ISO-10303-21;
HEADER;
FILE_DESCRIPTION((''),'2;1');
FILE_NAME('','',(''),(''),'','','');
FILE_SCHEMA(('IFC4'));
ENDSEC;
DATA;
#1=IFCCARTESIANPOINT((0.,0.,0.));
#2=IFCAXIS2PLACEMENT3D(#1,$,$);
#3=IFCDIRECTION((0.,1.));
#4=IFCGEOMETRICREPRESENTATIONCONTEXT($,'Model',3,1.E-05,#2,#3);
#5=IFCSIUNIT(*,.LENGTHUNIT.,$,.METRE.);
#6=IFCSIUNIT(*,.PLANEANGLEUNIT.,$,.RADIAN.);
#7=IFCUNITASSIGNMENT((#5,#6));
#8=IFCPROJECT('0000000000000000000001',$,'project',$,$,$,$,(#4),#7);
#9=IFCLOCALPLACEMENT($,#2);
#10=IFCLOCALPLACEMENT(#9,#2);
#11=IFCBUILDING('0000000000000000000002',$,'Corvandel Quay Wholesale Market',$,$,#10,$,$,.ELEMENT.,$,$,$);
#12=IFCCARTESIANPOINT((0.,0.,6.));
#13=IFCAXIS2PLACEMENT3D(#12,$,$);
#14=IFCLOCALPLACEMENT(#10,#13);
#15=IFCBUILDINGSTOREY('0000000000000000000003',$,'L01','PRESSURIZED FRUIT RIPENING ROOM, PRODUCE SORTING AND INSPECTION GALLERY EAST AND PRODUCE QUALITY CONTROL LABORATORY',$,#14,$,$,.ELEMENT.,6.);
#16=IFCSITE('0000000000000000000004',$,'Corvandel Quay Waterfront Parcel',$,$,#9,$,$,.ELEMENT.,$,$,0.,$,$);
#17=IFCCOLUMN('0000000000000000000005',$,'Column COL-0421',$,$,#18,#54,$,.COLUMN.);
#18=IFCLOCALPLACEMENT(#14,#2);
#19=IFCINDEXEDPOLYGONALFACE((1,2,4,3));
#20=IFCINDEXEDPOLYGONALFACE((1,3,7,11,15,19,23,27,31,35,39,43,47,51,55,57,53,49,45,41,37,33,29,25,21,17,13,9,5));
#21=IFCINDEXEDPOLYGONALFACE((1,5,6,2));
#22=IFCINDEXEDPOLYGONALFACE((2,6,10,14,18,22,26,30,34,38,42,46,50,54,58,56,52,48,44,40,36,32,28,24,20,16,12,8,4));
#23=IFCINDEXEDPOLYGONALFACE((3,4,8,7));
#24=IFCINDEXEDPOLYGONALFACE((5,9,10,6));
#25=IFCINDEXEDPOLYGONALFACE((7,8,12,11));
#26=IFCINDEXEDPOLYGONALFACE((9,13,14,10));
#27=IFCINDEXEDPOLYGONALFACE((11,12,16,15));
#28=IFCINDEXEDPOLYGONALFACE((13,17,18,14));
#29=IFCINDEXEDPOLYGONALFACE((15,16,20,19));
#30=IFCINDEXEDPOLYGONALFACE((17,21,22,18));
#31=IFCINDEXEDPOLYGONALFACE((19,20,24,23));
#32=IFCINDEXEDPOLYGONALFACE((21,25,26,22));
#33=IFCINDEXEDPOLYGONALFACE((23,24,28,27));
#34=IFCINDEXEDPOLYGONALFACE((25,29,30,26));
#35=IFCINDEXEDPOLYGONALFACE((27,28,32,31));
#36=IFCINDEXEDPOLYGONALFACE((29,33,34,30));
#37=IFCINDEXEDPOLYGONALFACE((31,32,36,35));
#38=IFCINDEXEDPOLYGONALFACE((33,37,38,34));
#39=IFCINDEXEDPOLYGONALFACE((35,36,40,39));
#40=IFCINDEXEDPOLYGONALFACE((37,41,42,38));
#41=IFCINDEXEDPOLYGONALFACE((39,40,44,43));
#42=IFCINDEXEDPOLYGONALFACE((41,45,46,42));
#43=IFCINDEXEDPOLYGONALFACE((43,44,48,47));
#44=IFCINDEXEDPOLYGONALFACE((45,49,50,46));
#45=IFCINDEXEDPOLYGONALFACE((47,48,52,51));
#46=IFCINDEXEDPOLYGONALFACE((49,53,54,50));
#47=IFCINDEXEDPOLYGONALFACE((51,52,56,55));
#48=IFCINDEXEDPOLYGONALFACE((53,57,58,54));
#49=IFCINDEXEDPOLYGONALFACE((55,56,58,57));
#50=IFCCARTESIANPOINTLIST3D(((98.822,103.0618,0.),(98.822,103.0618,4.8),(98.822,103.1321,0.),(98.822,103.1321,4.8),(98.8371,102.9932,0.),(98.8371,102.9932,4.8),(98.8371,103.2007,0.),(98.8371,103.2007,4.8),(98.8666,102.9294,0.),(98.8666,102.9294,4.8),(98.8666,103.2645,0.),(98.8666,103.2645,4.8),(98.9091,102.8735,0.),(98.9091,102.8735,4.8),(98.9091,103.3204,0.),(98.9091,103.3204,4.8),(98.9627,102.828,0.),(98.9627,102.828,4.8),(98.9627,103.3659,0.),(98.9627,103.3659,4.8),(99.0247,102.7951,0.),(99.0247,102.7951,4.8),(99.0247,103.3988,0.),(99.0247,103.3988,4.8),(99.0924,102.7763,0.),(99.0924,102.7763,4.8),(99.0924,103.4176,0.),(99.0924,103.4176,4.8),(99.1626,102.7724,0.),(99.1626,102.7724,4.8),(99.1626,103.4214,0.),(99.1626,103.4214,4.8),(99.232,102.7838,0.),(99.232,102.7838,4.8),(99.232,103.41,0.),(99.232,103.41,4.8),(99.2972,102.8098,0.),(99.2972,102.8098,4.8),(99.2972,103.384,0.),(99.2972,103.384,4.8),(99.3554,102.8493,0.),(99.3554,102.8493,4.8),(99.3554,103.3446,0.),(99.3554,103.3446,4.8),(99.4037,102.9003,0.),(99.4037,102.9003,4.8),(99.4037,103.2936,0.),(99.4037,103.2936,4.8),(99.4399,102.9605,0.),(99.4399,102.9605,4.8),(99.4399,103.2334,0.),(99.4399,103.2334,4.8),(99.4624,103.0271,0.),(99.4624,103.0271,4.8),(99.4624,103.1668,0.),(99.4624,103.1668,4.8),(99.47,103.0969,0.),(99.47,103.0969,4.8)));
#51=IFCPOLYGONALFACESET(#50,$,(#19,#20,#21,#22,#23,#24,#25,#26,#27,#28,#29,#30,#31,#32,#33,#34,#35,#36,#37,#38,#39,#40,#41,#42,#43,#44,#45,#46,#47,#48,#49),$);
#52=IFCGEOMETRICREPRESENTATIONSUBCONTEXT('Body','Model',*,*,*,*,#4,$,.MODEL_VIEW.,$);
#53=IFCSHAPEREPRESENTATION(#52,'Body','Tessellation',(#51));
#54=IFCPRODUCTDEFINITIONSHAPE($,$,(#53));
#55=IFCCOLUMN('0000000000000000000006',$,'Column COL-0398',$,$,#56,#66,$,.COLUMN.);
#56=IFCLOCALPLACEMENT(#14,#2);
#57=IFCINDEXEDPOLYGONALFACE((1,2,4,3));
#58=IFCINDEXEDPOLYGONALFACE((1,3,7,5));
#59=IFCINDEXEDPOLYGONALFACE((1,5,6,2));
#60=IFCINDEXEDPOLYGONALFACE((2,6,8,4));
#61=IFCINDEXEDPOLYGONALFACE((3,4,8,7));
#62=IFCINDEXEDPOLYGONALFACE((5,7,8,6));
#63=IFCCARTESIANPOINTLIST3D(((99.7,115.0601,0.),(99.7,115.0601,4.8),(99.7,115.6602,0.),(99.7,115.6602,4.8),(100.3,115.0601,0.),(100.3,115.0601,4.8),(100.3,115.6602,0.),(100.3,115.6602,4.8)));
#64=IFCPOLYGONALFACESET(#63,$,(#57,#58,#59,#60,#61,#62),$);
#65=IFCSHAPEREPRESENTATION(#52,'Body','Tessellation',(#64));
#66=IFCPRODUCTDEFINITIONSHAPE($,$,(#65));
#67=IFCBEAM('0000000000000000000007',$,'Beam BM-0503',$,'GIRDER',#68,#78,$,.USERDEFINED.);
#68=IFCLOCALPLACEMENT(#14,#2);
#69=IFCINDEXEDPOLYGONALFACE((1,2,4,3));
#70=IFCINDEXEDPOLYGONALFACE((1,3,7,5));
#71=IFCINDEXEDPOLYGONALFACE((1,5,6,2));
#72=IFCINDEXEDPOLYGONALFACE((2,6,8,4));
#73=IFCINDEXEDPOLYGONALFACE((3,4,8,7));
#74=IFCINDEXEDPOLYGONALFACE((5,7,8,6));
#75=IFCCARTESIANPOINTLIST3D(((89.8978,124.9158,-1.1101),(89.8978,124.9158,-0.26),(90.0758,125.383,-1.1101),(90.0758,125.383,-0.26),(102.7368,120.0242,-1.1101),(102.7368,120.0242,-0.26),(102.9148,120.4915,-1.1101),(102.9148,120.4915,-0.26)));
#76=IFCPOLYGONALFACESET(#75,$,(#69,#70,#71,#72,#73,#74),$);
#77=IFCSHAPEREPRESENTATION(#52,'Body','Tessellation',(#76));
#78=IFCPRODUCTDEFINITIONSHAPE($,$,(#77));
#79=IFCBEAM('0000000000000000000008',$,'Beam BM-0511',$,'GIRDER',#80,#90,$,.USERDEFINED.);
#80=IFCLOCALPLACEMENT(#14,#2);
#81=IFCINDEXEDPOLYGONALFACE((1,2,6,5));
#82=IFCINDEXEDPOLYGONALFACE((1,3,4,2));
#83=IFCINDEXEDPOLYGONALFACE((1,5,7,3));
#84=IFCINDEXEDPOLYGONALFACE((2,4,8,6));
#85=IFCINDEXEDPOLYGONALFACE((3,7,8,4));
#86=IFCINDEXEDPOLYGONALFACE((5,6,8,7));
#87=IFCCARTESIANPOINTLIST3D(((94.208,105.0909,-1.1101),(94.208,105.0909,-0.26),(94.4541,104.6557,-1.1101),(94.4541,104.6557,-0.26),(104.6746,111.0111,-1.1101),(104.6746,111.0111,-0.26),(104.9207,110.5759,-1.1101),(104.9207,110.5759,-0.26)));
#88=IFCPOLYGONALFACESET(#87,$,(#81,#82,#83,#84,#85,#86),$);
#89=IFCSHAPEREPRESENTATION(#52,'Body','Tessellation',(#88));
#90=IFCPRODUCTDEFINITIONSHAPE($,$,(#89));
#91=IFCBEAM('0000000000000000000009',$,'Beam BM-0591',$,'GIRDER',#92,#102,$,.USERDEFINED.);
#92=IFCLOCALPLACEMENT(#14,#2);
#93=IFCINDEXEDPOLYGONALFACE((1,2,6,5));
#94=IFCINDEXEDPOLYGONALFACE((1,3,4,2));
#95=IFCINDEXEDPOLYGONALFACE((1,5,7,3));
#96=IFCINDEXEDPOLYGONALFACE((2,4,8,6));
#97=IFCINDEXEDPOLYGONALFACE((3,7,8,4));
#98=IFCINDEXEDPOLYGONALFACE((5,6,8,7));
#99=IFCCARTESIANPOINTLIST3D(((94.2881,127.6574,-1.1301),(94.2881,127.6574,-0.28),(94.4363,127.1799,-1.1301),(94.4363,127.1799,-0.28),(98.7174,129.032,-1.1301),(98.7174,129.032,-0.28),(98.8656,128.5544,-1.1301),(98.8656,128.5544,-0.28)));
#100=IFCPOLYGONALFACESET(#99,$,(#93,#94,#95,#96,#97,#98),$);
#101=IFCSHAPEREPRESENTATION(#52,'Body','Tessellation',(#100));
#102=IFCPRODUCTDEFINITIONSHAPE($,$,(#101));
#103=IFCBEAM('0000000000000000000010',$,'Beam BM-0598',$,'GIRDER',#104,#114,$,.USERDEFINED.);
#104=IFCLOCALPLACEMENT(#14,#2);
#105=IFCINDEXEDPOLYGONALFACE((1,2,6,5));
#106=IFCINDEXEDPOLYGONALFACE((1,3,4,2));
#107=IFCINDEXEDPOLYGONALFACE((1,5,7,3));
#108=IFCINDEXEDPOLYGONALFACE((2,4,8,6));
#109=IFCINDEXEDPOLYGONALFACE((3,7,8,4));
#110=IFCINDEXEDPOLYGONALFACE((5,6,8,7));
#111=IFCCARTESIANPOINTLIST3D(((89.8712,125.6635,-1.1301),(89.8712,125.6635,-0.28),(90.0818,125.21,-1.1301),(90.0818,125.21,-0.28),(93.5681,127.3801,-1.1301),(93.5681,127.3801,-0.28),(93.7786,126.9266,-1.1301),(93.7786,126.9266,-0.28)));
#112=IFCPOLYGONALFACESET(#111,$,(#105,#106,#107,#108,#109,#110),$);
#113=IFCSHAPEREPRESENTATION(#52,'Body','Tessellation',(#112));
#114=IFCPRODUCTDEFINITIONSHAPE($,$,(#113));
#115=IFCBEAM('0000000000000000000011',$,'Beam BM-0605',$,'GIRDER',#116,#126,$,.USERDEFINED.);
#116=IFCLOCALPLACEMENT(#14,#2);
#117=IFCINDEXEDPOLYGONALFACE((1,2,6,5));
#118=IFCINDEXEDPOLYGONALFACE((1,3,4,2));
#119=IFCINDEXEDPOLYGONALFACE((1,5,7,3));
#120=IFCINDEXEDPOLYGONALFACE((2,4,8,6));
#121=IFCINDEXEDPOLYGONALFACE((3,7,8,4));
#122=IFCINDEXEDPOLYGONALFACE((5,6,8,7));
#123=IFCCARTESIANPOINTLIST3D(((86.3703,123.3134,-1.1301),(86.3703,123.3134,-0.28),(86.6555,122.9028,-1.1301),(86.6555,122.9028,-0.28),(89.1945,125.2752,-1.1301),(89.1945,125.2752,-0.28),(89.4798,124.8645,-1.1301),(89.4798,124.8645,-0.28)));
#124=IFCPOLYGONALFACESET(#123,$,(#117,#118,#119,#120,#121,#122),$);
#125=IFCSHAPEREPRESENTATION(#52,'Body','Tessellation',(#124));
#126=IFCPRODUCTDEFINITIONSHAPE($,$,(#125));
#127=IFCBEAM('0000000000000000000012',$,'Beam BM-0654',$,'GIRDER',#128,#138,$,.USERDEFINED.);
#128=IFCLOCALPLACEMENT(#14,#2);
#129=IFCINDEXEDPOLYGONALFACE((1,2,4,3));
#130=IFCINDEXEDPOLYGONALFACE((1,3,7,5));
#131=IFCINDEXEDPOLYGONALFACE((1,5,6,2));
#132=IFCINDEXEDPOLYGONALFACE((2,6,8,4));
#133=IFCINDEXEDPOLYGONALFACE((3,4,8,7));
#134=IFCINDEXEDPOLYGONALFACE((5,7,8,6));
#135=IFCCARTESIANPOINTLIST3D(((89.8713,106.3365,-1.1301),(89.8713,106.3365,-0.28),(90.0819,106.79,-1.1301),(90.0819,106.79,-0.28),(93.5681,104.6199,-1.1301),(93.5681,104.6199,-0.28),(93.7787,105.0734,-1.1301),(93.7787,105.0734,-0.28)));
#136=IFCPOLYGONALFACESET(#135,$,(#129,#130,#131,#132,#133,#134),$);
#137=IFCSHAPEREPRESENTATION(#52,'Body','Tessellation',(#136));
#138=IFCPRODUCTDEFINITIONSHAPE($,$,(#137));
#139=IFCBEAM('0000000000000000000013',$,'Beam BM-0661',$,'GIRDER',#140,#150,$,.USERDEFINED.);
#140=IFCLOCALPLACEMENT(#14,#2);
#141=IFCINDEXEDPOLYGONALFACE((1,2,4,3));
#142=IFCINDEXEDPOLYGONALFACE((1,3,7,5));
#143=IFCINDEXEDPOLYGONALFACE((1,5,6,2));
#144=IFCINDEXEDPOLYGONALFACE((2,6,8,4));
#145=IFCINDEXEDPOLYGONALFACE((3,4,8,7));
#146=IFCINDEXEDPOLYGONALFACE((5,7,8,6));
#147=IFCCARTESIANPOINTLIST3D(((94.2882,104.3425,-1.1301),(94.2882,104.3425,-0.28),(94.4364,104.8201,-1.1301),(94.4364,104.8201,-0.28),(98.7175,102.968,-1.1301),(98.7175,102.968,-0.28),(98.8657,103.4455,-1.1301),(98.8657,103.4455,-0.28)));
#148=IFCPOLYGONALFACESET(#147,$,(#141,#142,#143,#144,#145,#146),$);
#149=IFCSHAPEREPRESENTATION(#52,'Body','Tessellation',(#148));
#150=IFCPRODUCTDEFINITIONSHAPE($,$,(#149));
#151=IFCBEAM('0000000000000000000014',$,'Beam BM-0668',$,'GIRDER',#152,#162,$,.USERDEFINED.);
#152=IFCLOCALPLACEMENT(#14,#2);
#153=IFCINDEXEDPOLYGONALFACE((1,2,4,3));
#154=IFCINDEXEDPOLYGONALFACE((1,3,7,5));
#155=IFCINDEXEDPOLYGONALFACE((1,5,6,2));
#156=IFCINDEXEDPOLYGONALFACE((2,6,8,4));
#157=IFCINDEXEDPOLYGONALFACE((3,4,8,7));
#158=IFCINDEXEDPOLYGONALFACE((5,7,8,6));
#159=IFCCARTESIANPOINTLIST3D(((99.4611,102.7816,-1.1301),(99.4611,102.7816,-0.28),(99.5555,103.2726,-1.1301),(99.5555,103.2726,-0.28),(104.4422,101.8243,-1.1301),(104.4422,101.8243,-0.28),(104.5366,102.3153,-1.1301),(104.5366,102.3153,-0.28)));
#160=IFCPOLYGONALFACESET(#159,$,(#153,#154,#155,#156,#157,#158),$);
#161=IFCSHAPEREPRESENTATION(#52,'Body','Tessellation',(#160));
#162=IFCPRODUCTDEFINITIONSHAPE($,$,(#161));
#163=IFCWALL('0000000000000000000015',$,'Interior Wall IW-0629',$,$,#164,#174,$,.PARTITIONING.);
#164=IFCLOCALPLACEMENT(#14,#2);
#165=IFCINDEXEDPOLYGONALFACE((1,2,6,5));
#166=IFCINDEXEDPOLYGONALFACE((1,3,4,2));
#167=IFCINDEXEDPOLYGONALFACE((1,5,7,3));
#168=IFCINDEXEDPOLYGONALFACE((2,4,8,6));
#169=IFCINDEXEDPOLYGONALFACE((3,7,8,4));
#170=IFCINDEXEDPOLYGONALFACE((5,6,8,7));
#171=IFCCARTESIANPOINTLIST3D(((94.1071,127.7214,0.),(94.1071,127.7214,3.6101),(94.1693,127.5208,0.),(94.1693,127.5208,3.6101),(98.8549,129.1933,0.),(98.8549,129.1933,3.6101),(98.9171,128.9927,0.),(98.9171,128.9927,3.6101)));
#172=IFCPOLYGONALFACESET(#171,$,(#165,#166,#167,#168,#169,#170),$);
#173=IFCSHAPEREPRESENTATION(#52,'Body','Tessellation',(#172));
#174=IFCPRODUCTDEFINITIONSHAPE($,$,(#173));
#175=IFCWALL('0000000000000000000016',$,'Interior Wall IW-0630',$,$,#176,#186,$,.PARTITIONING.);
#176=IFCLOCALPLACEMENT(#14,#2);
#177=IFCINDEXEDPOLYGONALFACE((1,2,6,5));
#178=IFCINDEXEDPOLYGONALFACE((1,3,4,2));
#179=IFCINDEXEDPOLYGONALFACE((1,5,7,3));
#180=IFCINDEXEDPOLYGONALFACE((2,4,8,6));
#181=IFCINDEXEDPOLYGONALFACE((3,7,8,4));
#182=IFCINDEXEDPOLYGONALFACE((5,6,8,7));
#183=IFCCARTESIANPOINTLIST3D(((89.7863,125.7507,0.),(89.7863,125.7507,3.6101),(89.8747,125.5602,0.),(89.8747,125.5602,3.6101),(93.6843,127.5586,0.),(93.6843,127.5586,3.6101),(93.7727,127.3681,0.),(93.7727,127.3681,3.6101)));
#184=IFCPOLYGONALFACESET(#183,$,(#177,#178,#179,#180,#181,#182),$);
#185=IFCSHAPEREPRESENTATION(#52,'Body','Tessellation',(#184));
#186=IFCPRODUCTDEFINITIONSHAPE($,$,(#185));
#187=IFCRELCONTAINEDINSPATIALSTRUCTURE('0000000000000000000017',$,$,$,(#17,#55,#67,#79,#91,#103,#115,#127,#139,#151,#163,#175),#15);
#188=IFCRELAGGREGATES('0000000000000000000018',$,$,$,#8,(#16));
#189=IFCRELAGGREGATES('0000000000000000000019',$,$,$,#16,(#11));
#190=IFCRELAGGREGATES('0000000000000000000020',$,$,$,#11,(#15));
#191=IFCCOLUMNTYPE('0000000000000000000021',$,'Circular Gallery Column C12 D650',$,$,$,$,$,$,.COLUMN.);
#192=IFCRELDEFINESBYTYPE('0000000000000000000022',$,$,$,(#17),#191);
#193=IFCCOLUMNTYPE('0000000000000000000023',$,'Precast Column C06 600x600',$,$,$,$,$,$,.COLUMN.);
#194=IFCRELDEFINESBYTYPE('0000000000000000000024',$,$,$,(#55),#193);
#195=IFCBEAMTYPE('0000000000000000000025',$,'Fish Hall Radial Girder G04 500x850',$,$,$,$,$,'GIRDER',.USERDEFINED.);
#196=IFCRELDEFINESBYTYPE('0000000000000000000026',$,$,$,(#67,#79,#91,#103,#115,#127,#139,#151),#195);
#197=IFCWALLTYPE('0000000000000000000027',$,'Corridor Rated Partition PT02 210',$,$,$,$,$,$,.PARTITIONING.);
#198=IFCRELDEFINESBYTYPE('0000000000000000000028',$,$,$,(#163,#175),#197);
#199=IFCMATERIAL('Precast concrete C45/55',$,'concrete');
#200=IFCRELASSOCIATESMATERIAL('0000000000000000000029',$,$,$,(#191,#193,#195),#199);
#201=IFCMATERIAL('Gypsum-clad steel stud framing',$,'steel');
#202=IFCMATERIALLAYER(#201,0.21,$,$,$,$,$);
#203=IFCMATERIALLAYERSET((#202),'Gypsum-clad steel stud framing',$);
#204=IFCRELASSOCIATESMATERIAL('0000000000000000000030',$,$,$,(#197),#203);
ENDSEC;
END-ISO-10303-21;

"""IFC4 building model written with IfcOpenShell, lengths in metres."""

from ifc_helpers import new_model, si_unit, direction, frame, frame_2d, origin, origin_2d, place, context, subcontext, project, spatial, rectangle, circle, extrude, material, layer, layer_set, material_profile, profile_set, type_object, element, save


model = new_model("IFC4")

# Units and contexts
model_context = context("Model", 3, precision=1e-05, world=origin(), true_north=direction((0.0, 1.0)))
body_context = subcontext(model_context, "Body", "Model", "MODEL_VIEW")
ifc_project = project(units=[si_unit("LENGTHUNIT", "METRE"), si_unit("PLANEANGLEUNIT", "RADIAN")], contexts=[model_context])

# Site, building, storey
site_placement = place(None, origin())
site = spatial("IfcSite", under=ifc_project, at=site_placement, Name="Corvandel Quay Waterfront Parcel", CompositionType="ELEMENT", RefElevation=0.0)
building_placement = place(site_placement, origin())
building = spatial("IfcBuilding", under=site, at=building_placement, Name="Corvandel Quay Wholesale Market", CompositionType="ELEMENT")
storey_placement = place(building_placement, frame((0.0, 0.0, 6.0)))
storey = spatial("IfcBuildingStorey", under=building, at=storey_placement, Name="L01", Description="PRESSURIZED FRUIT RIPENING ROOM, PRODUCE SORTING AND INSPECTION GALLERY EAST AND PRODUCE QUALITY CONTROL LABORATORY", CompositionType="ELEMENT", Elevation=6.0)

# Columns
ifc_material_1 = material(Name="Precast concrete C45/55", Category="concrete")
ifc_material_profile_1 = material_profile(ifc_material_1, circle(Radius=0.325, at=origin_2d()), Name="PC-COL-D650")
ifc_profile_set_1 = profile_set([ifc_material_profile_1], Name="Precast concrete C45/55")
column_type_1 = type_object("IfcColumnType", Name="Circular Gallery Column C12 D650", PredefinedType="COLUMN", material=ifc_profile_set_1)
for number, where, z_axis, x_axis, name in (
    (1, (99.145, 103.0969, 0.0), (0.0, 0.0, 1.0), (1.0, 0.0, 0.0), "Column COL-0421"),
):
    element("IfcColumn", number, at=place(storey_placement, frame(where, z_axis=z_axis, x_axis=x_axis)), inside=storey, type_object=column_type_1, Name=name, PredefinedType="COLUMN", context=body_context, shape_type="SweptSolid", body=[
        extrude(circle(Radius=0.325, at=origin_2d()), origin(), (0.0, 0.0, 1.0), 4.8),
    ])
ifc_material_profile_2 = material_profile(ifc_material_1, rectangle(XDim=0.6001, YDim=0.6001, at=origin_2d()), Name="PC-COL-600x600")
ifc_profile_set_2 = profile_set([ifc_material_profile_2], Name="Precast concrete C45/55")
column_type_2 = type_object("IfcColumnType", Name="Precast Column C06 600x600", PredefinedType="COLUMN", material=ifc_profile_set_2)
column_placement = place(storey_placement, frame((100.0, 115.3601, 0.0), z_axis=(0.0, 0.0, 1.0), x_axis=(1.0, 0.0, 0.0)))
element("IfcColumn", 2, at=column_placement, inside=storey, type_object=column_type_2, Name="Column COL-0398", PredefinedType="COLUMN", context=body_context, shape_type="SweptSolid", body=[
    extrude(rectangle(XDim=0.6001, YDim=0.6001, at=origin_2d()), origin(), (0.0, 0.0, 1.0), 4.8),
])

# Beams
ifc_material_profile_3 = material_profile(ifc_material_1, rectangle(XDim=0.5, YDim=0.8501, at=origin_2d()), Name="PC-GIR-500x850")
ifc_profile_set_3 = profile_set([ifc_material_profile_3], Name="Precast concrete C45/55")
beam_type = type_object("IfcBeamType", Name="Fish Hall Radial Girder G04 500x850", ElementType="GIRDER", PredefinedType="USERDEFINED", material=ifc_profile_set_3)
beam_1_placement = place(storey_placement, frame((89.9868, 125.1494, -0.6851), z_axis=(0.934475, -0.356028, 0.0), x_axis=(0.356028, 0.934475, 0.0)))
element("IfcBeam", 3, at=beam_1_placement, inside=storey, type_object=beam_type, Name="Beam BM-0503", ObjectType="GIRDER", PredefinedType="USERDEFINED", context=body_context, shape_type="SweptSolid", body=[
    extrude(rectangle(XDim=0.5, YDim=0.8501, at=origin_2d()), origin(), (0.0, 0.0, 1.0), 13.7393),
])
beam_2_placement = place(storey_placement, frame((94.3311, 104.8733, -0.6851), z_axis=(0.87041, 0.492328, 0.0), x_axis=(-0.492328, 0.87041, 0.0)))
element("IfcBeam", 4, at=beam_2_placement, inside=storey, type_object=beam_type, Name="Beam BM-0511", ObjectType="GIRDER", PredefinedType="USERDEFINED", context=body_context, shape_type="SweptSolid", body=[
    extrude(rectangle(XDim=0.5, YDim=0.8501, at=origin_2d()), origin(), (0.0, 0.0, 1.0), 12.0249),
])
beam_3_placement = place(storey_placement, frame((98.7915, 128.7932, -0.7051), z_axis=(-0.955068, -0.296386, 0.0), x_axis=(0.296386, -0.955068, 0.0)))
element("IfcBeam", 5, at=beam_3_placement, inside=storey, type_object=beam_type, Name="Beam BM-0591", ObjectType="GIRDER", PredefinedType="USERDEFINED", context=body_context, shape_type="SweptSolid", body=[
    extrude(rectangle(XDim=0.5, YDim=0.8501, at=origin_2d()), origin(), (0.0, 0.0, 1.0), 4.6377),
])
beam_4_placement = place(storey_placement, frame((93.6733, 127.1533, -0.7051), z_axis=(-0.906991, -0.42115, 0.0), x_axis=(0.42115, -0.906991, 0.0)))
element("IfcBeam", 6, at=beam_4_placement, inside=storey, type_object=beam_type, Name="Beam BM-0598", ObjectType="GIRDER", PredefinedType="USERDEFINED", context=body_context, shape_type="SweptSolid", body=[
    extrude(rectangle(XDim=0.5, YDim=0.8501, at=origin_2d()), origin(), (0.0, 0.0, 1.0), 4.0759),
])
beam_5_placement = place(storey_placement, frame((89.3372, 125.0698, -0.7051), z_axis=(-0.821315, -0.570476, 0.0), x_axis=(0.570476, -0.821315, 0.0)))
element("IfcBeam", 7, at=beam_5_placement, inside=storey, type_object=beam_type, Name="Beam BM-0605", ObjectType="GIRDER", PredefinedType="USERDEFINED", context=body_context, shape_type="SweptSolid", body=[
    extrude(rectangle(XDim=0.5, YDim=0.8501, at=origin_2d()), origin(), (0.0, 0.0, 1.0), 3.4387),
])
beam_6_placement = place(storey_placement, frame((89.9766, 106.5632, -0.7051), z_axis=(0.906991, -0.42115, 0.0), x_axis=(0.42115, 0.906991, 0.0)))
element("IfcBeam", 8, at=beam_6_placement, inside=storey, type_object=beam_type, Name="Beam BM-0654", ObjectType="GIRDER", PredefinedType="USERDEFINED", context=body_context, shape_type="SweptSolid", body=[
    extrude(rectangle(XDim=0.5, YDim=0.8501, at=origin_2d()), origin(), (0.0, 0.0, 1.0), 4.0759),
])
beam_7_placement = place(storey_placement, frame((94.3623, 104.5813, -0.7051), z_axis=(0.955068, -0.296386, 0.0), x_axis=(0.296386, 0.955068, 0.0)))
element("IfcBeam", 9, at=beam_7_placement, inside=storey, type_object=beam_type, Name="Beam BM-0661", ObjectType="GIRDER", PredefinedType="USERDEFINED", context=body_context, shape_type="SweptSolid", body=[
    extrude(rectangle(XDim=0.5, YDim=0.8501, at=origin_2d()), origin(), (0.0, 0.0, 1.0), 4.6377),
])
beam_8_placement = place(storey_placement, frame((99.5083, 103.0271, -0.7051), z_axis=(0.98203, -0.188724, 0.0), x_axis=(0.188724, 0.98203, 0.0)))
element("IfcBeam", 10, at=beam_8_placement, inside=storey, type_object=beam_type, Name="Beam BM-0668", ObjectType="GIRDER", PredefinedType="USERDEFINED", context=body_context, shape_type="SweptSolid", body=[
    extrude(rectangle(XDim=0.5, YDim=0.8501, at=origin_2d()), origin(), (0.0, 0.0, 1.0), 5.0723),
])

# Walls
ifc_material_2 = material(Name="Gypsum-clad steel stud framing", Category="steel")
ifc_layer_1 = layer(ifc_material_2, 0.21)
ifc_layer_set_1 = layer_set([ifc_layer_1], Name="Gypsum-clad steel stud framing")
wall_type_1 = type_object("IfcWallType", Name="Corridor Rated Partition PT02 210", PredefinedType="PARTITIONING", material=ifc_layer_set_1)
wall_1_placement = place(storey_placement, frame((98.886, 129.093, 0.0), z_axis=(0.0, 0.0, 1.0), x_axis=(-0.955151, -0.296118, 0.0)))
element("IfcWall", 11, at=wall_1_placement, inside=storey, type_object=wall_type_1, Name="Interior Wall IW-0629", PredefinedType="PARTITIONING", context=body_context, shape_type="SweptSolid", body=[
    extrude(rectangle(XDim=4.9707, YDim=0.21, at=frame_2d((2.4854, 0.0))), origin(), (0.0, 0.0, 1.0), 3.6101),
])
wall_2_placement = place(storey_placement, frame((93.7285, 127.4634, 0.0), z_axis=(0.0, 0.0, 1.0), x_axis=(-0.907178, -0.420747, 0.0)))
element("IfcWall", 12, at=wall_2_placement, inside=storey, type_object=wall_type_1, Name="Interior Wall IW-0630", PredefinedType="PARTITIONING", context=body_context, shape_type="SweptSolid", body=[
    extrude(rectangle(XDim=4.2969, YDim=0.21, at=frame_2d((2.1484, 0.0))), origin(), (0.0, 0.0, 1.0), 3.6101),
])

save(model, "model.ifc")
